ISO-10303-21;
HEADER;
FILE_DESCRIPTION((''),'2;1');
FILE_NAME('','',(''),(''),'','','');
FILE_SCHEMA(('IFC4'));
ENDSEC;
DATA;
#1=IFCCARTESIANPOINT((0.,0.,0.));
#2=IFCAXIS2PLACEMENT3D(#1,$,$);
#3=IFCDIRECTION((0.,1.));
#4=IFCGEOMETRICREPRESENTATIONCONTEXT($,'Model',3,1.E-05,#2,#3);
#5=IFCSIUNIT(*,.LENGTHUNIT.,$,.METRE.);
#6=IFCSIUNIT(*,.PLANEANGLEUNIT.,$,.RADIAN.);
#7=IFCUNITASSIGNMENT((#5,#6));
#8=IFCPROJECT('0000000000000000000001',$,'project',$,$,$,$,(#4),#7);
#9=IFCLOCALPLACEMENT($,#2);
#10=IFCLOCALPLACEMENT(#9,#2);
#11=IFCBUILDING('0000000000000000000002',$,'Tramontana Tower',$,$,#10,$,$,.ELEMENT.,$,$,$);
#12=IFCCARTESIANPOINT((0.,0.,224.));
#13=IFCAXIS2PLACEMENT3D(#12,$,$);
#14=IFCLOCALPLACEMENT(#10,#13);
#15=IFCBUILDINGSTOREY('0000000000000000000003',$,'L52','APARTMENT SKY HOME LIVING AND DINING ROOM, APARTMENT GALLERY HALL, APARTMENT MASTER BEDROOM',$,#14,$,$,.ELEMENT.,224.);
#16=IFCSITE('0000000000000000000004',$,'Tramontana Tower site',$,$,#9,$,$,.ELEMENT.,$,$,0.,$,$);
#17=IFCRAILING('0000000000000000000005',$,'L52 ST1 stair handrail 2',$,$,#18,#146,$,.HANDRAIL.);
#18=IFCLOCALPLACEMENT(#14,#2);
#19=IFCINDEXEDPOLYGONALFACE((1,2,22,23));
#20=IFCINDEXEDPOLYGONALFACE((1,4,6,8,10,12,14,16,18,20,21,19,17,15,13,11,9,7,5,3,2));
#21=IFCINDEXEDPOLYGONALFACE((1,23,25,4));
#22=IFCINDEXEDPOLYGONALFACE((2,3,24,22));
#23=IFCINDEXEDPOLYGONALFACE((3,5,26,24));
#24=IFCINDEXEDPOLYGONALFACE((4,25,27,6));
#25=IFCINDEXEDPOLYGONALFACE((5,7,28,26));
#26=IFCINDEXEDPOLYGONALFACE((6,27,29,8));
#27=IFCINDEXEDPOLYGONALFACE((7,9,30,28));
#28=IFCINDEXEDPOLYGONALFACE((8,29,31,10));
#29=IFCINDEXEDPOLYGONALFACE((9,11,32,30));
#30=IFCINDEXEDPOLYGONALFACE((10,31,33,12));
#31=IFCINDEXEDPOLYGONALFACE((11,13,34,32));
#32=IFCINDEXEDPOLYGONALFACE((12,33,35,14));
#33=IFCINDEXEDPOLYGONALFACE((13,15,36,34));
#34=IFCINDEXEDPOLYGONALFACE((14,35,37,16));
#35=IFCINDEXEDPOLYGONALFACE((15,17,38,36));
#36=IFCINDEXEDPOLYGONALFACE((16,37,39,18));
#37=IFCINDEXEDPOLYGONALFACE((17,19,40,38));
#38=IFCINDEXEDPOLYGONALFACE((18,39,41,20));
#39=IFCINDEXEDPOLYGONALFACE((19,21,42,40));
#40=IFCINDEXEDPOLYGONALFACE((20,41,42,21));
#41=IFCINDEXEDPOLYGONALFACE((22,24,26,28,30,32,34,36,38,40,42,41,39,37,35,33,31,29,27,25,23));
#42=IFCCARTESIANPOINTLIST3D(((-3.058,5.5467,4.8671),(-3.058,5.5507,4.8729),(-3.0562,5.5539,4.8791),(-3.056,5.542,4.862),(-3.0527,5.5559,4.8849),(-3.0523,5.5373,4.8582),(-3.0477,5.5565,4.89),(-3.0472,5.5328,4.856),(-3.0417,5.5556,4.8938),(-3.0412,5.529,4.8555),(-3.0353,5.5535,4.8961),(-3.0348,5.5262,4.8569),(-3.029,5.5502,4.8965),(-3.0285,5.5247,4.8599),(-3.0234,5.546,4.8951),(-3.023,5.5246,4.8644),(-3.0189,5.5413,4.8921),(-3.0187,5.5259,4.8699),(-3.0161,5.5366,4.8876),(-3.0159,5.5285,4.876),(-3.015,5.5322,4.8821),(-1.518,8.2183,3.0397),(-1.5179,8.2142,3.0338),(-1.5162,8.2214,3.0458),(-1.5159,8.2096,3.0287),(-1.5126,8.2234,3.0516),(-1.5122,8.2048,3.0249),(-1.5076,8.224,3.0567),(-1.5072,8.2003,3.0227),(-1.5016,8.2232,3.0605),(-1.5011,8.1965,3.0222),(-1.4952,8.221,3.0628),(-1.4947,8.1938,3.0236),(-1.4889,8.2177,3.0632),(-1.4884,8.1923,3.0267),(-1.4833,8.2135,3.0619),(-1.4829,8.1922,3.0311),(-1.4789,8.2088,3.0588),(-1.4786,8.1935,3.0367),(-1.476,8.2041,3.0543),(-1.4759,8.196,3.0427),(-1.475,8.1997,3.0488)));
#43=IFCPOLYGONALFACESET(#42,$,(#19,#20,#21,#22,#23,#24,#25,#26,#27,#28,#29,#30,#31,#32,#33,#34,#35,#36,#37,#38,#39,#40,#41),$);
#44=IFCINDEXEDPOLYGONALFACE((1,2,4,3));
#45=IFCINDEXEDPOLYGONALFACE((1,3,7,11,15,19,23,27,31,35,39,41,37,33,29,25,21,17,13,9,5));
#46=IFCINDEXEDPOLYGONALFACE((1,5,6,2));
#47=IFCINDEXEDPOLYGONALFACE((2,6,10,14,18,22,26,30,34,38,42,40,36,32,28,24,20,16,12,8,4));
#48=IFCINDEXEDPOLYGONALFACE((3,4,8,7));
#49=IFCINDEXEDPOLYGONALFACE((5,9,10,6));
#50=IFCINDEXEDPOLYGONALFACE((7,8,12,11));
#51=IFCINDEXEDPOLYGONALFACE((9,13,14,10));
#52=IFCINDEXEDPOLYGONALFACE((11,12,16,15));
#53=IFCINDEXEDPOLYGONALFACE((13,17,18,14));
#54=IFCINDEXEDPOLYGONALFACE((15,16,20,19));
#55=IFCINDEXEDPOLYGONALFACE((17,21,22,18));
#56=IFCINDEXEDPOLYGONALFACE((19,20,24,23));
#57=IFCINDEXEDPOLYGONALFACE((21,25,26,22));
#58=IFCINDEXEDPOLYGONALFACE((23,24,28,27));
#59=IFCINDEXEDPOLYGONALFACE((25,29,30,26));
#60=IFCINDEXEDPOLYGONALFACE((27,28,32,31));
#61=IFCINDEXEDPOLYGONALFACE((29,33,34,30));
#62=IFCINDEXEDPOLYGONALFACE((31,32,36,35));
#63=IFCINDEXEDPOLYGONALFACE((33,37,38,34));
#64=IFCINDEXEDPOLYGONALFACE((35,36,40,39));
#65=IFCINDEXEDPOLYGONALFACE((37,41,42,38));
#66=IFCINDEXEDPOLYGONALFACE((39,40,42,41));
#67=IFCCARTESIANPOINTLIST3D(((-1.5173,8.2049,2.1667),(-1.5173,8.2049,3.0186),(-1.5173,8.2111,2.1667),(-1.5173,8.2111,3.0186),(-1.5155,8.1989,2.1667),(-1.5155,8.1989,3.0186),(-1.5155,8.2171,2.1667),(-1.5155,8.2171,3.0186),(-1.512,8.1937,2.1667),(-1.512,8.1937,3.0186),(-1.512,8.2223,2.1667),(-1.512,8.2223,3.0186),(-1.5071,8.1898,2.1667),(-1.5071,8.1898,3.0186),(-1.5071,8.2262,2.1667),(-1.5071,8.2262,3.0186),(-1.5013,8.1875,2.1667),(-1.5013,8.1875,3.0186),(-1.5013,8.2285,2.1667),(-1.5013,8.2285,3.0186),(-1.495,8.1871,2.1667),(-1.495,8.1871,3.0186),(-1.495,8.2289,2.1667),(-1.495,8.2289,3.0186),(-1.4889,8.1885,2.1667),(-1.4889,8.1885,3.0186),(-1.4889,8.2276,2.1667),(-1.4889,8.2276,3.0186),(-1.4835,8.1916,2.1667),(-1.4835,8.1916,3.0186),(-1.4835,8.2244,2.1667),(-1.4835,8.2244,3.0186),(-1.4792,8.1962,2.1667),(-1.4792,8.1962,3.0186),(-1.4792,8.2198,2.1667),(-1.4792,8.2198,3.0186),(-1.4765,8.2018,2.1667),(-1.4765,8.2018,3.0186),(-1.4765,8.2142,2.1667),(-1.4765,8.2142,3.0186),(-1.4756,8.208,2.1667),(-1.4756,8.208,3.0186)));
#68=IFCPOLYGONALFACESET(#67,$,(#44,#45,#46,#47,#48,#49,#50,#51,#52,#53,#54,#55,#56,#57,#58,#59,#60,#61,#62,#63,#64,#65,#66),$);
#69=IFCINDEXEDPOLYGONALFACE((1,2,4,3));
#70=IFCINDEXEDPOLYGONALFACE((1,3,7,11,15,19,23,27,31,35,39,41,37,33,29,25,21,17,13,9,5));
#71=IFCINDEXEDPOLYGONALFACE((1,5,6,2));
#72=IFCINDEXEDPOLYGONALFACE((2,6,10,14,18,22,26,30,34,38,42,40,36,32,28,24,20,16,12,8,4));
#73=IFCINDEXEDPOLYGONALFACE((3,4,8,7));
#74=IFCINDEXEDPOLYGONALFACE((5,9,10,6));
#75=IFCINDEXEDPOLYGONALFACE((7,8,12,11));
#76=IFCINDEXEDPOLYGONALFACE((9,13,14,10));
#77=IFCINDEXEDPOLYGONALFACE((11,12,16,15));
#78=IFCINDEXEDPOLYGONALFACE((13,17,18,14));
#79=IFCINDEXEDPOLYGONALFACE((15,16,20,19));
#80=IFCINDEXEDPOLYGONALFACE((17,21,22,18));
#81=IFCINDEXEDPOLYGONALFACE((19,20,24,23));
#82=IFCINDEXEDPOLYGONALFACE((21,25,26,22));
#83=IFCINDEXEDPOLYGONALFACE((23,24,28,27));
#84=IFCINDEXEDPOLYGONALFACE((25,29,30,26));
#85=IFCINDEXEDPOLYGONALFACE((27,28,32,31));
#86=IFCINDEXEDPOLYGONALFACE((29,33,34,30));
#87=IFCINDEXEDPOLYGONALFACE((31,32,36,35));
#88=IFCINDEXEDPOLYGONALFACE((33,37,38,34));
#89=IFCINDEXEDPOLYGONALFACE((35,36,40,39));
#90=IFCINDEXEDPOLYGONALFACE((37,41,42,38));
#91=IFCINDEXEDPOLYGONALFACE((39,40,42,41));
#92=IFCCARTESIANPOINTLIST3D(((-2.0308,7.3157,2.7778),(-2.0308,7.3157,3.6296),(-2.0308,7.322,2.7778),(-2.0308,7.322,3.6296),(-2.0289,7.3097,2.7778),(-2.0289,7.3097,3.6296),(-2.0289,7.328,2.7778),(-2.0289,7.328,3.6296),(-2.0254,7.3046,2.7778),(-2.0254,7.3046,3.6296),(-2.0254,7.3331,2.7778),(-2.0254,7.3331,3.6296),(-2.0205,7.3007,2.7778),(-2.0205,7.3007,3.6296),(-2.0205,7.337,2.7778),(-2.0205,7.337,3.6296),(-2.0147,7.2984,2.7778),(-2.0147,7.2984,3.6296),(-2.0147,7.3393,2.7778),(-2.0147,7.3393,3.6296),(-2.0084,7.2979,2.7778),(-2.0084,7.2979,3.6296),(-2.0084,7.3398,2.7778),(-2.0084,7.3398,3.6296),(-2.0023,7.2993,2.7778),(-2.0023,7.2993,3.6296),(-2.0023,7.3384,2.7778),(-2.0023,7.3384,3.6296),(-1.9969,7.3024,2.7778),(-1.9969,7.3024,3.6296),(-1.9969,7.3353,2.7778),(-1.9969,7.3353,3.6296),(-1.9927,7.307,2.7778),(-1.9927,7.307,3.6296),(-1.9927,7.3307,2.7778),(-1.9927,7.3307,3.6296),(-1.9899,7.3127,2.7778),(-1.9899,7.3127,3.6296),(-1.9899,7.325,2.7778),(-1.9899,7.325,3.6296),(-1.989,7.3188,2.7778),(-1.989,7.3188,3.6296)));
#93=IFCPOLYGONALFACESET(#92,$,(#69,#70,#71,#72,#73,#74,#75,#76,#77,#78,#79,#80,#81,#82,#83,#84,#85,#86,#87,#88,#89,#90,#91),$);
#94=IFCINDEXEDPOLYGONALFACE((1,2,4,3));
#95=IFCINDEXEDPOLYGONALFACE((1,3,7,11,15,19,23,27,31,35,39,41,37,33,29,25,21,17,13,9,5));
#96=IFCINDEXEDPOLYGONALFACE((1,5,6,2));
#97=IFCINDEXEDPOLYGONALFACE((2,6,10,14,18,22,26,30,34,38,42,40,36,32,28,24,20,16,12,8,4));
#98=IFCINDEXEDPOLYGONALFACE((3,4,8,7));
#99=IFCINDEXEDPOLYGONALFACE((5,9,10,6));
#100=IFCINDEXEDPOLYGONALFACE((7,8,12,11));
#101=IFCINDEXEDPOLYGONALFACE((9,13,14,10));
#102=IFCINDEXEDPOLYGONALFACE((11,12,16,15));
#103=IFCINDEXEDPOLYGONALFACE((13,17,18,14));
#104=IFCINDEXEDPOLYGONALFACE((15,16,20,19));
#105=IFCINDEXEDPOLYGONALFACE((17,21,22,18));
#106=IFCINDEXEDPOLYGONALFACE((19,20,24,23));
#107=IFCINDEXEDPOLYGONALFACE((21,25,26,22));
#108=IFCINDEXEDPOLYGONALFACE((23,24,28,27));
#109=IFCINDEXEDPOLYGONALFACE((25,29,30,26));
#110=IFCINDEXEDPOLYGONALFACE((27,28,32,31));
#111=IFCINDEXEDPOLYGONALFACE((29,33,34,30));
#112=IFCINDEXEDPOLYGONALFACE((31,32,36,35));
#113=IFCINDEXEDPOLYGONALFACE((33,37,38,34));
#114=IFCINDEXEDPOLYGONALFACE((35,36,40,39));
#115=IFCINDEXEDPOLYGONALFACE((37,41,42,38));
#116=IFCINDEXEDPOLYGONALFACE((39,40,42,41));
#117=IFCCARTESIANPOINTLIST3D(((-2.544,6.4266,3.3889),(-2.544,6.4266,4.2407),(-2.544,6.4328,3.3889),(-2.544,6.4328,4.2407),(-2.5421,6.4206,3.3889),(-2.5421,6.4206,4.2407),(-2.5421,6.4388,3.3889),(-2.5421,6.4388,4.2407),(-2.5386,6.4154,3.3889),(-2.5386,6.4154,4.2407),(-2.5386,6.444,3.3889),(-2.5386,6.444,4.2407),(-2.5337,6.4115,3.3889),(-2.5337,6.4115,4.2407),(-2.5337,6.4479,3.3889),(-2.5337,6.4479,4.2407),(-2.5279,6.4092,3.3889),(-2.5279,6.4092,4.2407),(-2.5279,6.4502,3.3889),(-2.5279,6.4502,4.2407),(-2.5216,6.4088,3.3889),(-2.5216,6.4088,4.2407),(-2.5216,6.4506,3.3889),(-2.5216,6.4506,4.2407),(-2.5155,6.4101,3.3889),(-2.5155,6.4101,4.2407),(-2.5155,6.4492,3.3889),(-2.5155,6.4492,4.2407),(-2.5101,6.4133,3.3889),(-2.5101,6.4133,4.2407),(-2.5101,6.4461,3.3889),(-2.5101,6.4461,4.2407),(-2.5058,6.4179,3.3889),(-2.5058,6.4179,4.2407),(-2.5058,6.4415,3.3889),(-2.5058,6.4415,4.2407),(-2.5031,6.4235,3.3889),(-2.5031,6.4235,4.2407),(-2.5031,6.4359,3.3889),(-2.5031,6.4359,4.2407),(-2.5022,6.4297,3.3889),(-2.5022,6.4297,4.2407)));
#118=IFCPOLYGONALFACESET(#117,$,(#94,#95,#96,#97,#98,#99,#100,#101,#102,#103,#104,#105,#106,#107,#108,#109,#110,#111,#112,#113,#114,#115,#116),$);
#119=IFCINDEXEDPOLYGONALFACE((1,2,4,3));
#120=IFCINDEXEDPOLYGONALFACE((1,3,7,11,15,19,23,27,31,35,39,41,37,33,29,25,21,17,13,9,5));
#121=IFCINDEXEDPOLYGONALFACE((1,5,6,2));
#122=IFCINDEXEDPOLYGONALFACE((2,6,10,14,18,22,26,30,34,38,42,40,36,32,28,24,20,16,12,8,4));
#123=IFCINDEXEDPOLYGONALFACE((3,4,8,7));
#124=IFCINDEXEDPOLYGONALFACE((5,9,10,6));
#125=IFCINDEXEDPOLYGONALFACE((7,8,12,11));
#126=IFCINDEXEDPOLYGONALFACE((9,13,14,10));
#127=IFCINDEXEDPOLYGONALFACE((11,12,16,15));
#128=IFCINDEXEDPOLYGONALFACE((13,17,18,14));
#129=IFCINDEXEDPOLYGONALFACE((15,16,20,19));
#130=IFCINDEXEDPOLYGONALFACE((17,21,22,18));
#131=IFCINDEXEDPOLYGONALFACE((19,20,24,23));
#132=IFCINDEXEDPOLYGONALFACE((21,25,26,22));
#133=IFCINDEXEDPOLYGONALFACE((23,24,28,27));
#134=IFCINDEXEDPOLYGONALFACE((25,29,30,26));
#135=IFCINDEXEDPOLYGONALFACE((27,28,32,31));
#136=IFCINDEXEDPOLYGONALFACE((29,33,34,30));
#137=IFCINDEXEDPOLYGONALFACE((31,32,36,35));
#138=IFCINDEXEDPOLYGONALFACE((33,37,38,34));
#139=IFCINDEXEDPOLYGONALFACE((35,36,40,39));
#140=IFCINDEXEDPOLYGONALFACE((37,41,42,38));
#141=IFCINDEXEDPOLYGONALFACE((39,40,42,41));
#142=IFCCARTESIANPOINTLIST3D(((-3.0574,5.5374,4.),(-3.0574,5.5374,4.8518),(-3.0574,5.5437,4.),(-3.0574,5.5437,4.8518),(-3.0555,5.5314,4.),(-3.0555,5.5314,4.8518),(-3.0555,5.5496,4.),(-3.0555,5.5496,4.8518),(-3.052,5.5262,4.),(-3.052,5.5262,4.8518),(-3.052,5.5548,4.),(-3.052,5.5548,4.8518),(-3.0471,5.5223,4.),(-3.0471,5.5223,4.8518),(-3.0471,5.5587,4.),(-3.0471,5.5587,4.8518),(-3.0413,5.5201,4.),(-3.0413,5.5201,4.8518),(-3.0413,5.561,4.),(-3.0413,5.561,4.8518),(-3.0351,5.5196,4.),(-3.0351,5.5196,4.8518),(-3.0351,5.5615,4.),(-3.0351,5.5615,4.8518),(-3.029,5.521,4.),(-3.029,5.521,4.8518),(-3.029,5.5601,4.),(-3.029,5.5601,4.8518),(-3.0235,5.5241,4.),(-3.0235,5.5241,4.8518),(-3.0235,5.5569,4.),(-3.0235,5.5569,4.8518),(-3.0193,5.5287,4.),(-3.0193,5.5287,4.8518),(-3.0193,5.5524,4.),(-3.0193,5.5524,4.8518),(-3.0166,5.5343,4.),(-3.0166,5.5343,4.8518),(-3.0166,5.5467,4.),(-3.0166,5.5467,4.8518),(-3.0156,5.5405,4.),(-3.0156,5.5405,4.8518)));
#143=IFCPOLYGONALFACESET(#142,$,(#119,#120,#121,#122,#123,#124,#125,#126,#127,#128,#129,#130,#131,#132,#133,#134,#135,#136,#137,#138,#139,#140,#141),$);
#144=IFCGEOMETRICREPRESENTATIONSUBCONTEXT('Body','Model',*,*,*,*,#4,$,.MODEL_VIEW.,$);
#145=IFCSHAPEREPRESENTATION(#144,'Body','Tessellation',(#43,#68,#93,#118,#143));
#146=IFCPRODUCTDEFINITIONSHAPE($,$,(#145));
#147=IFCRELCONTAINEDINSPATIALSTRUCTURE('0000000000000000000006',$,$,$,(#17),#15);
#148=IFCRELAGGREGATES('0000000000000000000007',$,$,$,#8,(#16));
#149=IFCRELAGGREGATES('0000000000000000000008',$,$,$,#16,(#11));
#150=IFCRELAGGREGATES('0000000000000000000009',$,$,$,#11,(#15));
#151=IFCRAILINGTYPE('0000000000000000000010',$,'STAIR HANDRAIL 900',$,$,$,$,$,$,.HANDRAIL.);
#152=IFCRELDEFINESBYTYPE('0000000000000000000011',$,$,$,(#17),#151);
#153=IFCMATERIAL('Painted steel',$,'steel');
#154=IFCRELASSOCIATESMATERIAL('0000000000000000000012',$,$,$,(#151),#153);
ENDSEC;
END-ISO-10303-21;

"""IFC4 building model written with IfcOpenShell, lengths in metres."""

from ifc_helpers import new_model, si_unit, direction, frame, origin, origin_2d, place, context, subcontext, project, spatial, circle, extrude, material, type_object, element, save


model = new_model("IFC4")

# Units and contexts
model_context = context("Model", 3, precision=1e-05, world=origin(), true_north=direction((0.0, 1.0)))
body_context = subcontext(model_context, "Body", "Model", "MODEL_VIEW")
ifc_project = project(units=[si_unit("LENGTHUNIT", "METRE"), si_unit("PLANEANGLEUNIT", "RADIAN")], contexts=[model_context])

# Site, building, storey
site_placement = place(None, origin())
site = spatial("IfcSite", under=ifc_project, at=site_placement, Name="Tramontana Tower site", CompositionType="ELEMENT", RefElevation=0.0)
building_placement = place(site_placement, origin())
building = spatial("IfcBuilding", under=site, at=building_placement, Name="Tramontana Tower", CompositionType="ELEMENT")
storey_placement = place(building_placement, frame((0.0, 0.0, 224.0)))
storey = spatial("IfcBuildingStorey", under=building, at=storey_placement, Name="L52", Description="APARTMENT SKY HOME LIVING AND DINING ROOM, APARTMENT GALLERY HALL, APARTMENT MASTER BEDROOM", CompositionType="ELEMENT", Elevation=224.0)

# Railing
ifc_material_1 = material(Name="Painted steel", Category="steel")
railing_type_1 = type_object("IfcRailingType", Name="STAIR HANDRAIL 900", PredefinedType="HANDRAIL", material=ifc_material_1)
railing_1_placement = place(storey_placement, frame((-1.4966, 8.208, 2.1667)))
element("IfcRailing", 1, at=railing_1_placement, inside=storey, type_object=railing_type_1, Name="L52 ST1 stair handrail 2", PredefinedType="HANDRAIL", context=body_context, shape_type="SweptSolid", body=[
    extrude(circle(Radius=0.0239, at=origin_2d()), frame((0.0, 0.0, 0.876), z_axis=(-0.429649, -0.74419, 0.511452), x_axis=(0.86603, -0.499992, 0.0)), (0.0, 0.0, 1.0), 3.5845),
    extrude(circle(Radius=0.021, at=origin_2d()), origin(), (0.0, 0.0, 1.0), 0.8518),
    extrude(circle(Radius=0.021, at=origin_2d()), frame((-0.5134, -0.8892, 0.6111)), (0.0, 0.0, 1.0), 0.8518),
    extrude(circle(Radius=0.021, at=origin_2d()), frame((-1.0266, -1.7783, 1.2222)), (0.0, 0.0, 1.0), 0.8518),
    extrude(circle(Radius=0.021, at=origin_2d()), frame((-1.54, -2.6675, 1.8333)), (0.0, 0.0, 1.0), 0.8518),
])

save(model, "model.ifc")
